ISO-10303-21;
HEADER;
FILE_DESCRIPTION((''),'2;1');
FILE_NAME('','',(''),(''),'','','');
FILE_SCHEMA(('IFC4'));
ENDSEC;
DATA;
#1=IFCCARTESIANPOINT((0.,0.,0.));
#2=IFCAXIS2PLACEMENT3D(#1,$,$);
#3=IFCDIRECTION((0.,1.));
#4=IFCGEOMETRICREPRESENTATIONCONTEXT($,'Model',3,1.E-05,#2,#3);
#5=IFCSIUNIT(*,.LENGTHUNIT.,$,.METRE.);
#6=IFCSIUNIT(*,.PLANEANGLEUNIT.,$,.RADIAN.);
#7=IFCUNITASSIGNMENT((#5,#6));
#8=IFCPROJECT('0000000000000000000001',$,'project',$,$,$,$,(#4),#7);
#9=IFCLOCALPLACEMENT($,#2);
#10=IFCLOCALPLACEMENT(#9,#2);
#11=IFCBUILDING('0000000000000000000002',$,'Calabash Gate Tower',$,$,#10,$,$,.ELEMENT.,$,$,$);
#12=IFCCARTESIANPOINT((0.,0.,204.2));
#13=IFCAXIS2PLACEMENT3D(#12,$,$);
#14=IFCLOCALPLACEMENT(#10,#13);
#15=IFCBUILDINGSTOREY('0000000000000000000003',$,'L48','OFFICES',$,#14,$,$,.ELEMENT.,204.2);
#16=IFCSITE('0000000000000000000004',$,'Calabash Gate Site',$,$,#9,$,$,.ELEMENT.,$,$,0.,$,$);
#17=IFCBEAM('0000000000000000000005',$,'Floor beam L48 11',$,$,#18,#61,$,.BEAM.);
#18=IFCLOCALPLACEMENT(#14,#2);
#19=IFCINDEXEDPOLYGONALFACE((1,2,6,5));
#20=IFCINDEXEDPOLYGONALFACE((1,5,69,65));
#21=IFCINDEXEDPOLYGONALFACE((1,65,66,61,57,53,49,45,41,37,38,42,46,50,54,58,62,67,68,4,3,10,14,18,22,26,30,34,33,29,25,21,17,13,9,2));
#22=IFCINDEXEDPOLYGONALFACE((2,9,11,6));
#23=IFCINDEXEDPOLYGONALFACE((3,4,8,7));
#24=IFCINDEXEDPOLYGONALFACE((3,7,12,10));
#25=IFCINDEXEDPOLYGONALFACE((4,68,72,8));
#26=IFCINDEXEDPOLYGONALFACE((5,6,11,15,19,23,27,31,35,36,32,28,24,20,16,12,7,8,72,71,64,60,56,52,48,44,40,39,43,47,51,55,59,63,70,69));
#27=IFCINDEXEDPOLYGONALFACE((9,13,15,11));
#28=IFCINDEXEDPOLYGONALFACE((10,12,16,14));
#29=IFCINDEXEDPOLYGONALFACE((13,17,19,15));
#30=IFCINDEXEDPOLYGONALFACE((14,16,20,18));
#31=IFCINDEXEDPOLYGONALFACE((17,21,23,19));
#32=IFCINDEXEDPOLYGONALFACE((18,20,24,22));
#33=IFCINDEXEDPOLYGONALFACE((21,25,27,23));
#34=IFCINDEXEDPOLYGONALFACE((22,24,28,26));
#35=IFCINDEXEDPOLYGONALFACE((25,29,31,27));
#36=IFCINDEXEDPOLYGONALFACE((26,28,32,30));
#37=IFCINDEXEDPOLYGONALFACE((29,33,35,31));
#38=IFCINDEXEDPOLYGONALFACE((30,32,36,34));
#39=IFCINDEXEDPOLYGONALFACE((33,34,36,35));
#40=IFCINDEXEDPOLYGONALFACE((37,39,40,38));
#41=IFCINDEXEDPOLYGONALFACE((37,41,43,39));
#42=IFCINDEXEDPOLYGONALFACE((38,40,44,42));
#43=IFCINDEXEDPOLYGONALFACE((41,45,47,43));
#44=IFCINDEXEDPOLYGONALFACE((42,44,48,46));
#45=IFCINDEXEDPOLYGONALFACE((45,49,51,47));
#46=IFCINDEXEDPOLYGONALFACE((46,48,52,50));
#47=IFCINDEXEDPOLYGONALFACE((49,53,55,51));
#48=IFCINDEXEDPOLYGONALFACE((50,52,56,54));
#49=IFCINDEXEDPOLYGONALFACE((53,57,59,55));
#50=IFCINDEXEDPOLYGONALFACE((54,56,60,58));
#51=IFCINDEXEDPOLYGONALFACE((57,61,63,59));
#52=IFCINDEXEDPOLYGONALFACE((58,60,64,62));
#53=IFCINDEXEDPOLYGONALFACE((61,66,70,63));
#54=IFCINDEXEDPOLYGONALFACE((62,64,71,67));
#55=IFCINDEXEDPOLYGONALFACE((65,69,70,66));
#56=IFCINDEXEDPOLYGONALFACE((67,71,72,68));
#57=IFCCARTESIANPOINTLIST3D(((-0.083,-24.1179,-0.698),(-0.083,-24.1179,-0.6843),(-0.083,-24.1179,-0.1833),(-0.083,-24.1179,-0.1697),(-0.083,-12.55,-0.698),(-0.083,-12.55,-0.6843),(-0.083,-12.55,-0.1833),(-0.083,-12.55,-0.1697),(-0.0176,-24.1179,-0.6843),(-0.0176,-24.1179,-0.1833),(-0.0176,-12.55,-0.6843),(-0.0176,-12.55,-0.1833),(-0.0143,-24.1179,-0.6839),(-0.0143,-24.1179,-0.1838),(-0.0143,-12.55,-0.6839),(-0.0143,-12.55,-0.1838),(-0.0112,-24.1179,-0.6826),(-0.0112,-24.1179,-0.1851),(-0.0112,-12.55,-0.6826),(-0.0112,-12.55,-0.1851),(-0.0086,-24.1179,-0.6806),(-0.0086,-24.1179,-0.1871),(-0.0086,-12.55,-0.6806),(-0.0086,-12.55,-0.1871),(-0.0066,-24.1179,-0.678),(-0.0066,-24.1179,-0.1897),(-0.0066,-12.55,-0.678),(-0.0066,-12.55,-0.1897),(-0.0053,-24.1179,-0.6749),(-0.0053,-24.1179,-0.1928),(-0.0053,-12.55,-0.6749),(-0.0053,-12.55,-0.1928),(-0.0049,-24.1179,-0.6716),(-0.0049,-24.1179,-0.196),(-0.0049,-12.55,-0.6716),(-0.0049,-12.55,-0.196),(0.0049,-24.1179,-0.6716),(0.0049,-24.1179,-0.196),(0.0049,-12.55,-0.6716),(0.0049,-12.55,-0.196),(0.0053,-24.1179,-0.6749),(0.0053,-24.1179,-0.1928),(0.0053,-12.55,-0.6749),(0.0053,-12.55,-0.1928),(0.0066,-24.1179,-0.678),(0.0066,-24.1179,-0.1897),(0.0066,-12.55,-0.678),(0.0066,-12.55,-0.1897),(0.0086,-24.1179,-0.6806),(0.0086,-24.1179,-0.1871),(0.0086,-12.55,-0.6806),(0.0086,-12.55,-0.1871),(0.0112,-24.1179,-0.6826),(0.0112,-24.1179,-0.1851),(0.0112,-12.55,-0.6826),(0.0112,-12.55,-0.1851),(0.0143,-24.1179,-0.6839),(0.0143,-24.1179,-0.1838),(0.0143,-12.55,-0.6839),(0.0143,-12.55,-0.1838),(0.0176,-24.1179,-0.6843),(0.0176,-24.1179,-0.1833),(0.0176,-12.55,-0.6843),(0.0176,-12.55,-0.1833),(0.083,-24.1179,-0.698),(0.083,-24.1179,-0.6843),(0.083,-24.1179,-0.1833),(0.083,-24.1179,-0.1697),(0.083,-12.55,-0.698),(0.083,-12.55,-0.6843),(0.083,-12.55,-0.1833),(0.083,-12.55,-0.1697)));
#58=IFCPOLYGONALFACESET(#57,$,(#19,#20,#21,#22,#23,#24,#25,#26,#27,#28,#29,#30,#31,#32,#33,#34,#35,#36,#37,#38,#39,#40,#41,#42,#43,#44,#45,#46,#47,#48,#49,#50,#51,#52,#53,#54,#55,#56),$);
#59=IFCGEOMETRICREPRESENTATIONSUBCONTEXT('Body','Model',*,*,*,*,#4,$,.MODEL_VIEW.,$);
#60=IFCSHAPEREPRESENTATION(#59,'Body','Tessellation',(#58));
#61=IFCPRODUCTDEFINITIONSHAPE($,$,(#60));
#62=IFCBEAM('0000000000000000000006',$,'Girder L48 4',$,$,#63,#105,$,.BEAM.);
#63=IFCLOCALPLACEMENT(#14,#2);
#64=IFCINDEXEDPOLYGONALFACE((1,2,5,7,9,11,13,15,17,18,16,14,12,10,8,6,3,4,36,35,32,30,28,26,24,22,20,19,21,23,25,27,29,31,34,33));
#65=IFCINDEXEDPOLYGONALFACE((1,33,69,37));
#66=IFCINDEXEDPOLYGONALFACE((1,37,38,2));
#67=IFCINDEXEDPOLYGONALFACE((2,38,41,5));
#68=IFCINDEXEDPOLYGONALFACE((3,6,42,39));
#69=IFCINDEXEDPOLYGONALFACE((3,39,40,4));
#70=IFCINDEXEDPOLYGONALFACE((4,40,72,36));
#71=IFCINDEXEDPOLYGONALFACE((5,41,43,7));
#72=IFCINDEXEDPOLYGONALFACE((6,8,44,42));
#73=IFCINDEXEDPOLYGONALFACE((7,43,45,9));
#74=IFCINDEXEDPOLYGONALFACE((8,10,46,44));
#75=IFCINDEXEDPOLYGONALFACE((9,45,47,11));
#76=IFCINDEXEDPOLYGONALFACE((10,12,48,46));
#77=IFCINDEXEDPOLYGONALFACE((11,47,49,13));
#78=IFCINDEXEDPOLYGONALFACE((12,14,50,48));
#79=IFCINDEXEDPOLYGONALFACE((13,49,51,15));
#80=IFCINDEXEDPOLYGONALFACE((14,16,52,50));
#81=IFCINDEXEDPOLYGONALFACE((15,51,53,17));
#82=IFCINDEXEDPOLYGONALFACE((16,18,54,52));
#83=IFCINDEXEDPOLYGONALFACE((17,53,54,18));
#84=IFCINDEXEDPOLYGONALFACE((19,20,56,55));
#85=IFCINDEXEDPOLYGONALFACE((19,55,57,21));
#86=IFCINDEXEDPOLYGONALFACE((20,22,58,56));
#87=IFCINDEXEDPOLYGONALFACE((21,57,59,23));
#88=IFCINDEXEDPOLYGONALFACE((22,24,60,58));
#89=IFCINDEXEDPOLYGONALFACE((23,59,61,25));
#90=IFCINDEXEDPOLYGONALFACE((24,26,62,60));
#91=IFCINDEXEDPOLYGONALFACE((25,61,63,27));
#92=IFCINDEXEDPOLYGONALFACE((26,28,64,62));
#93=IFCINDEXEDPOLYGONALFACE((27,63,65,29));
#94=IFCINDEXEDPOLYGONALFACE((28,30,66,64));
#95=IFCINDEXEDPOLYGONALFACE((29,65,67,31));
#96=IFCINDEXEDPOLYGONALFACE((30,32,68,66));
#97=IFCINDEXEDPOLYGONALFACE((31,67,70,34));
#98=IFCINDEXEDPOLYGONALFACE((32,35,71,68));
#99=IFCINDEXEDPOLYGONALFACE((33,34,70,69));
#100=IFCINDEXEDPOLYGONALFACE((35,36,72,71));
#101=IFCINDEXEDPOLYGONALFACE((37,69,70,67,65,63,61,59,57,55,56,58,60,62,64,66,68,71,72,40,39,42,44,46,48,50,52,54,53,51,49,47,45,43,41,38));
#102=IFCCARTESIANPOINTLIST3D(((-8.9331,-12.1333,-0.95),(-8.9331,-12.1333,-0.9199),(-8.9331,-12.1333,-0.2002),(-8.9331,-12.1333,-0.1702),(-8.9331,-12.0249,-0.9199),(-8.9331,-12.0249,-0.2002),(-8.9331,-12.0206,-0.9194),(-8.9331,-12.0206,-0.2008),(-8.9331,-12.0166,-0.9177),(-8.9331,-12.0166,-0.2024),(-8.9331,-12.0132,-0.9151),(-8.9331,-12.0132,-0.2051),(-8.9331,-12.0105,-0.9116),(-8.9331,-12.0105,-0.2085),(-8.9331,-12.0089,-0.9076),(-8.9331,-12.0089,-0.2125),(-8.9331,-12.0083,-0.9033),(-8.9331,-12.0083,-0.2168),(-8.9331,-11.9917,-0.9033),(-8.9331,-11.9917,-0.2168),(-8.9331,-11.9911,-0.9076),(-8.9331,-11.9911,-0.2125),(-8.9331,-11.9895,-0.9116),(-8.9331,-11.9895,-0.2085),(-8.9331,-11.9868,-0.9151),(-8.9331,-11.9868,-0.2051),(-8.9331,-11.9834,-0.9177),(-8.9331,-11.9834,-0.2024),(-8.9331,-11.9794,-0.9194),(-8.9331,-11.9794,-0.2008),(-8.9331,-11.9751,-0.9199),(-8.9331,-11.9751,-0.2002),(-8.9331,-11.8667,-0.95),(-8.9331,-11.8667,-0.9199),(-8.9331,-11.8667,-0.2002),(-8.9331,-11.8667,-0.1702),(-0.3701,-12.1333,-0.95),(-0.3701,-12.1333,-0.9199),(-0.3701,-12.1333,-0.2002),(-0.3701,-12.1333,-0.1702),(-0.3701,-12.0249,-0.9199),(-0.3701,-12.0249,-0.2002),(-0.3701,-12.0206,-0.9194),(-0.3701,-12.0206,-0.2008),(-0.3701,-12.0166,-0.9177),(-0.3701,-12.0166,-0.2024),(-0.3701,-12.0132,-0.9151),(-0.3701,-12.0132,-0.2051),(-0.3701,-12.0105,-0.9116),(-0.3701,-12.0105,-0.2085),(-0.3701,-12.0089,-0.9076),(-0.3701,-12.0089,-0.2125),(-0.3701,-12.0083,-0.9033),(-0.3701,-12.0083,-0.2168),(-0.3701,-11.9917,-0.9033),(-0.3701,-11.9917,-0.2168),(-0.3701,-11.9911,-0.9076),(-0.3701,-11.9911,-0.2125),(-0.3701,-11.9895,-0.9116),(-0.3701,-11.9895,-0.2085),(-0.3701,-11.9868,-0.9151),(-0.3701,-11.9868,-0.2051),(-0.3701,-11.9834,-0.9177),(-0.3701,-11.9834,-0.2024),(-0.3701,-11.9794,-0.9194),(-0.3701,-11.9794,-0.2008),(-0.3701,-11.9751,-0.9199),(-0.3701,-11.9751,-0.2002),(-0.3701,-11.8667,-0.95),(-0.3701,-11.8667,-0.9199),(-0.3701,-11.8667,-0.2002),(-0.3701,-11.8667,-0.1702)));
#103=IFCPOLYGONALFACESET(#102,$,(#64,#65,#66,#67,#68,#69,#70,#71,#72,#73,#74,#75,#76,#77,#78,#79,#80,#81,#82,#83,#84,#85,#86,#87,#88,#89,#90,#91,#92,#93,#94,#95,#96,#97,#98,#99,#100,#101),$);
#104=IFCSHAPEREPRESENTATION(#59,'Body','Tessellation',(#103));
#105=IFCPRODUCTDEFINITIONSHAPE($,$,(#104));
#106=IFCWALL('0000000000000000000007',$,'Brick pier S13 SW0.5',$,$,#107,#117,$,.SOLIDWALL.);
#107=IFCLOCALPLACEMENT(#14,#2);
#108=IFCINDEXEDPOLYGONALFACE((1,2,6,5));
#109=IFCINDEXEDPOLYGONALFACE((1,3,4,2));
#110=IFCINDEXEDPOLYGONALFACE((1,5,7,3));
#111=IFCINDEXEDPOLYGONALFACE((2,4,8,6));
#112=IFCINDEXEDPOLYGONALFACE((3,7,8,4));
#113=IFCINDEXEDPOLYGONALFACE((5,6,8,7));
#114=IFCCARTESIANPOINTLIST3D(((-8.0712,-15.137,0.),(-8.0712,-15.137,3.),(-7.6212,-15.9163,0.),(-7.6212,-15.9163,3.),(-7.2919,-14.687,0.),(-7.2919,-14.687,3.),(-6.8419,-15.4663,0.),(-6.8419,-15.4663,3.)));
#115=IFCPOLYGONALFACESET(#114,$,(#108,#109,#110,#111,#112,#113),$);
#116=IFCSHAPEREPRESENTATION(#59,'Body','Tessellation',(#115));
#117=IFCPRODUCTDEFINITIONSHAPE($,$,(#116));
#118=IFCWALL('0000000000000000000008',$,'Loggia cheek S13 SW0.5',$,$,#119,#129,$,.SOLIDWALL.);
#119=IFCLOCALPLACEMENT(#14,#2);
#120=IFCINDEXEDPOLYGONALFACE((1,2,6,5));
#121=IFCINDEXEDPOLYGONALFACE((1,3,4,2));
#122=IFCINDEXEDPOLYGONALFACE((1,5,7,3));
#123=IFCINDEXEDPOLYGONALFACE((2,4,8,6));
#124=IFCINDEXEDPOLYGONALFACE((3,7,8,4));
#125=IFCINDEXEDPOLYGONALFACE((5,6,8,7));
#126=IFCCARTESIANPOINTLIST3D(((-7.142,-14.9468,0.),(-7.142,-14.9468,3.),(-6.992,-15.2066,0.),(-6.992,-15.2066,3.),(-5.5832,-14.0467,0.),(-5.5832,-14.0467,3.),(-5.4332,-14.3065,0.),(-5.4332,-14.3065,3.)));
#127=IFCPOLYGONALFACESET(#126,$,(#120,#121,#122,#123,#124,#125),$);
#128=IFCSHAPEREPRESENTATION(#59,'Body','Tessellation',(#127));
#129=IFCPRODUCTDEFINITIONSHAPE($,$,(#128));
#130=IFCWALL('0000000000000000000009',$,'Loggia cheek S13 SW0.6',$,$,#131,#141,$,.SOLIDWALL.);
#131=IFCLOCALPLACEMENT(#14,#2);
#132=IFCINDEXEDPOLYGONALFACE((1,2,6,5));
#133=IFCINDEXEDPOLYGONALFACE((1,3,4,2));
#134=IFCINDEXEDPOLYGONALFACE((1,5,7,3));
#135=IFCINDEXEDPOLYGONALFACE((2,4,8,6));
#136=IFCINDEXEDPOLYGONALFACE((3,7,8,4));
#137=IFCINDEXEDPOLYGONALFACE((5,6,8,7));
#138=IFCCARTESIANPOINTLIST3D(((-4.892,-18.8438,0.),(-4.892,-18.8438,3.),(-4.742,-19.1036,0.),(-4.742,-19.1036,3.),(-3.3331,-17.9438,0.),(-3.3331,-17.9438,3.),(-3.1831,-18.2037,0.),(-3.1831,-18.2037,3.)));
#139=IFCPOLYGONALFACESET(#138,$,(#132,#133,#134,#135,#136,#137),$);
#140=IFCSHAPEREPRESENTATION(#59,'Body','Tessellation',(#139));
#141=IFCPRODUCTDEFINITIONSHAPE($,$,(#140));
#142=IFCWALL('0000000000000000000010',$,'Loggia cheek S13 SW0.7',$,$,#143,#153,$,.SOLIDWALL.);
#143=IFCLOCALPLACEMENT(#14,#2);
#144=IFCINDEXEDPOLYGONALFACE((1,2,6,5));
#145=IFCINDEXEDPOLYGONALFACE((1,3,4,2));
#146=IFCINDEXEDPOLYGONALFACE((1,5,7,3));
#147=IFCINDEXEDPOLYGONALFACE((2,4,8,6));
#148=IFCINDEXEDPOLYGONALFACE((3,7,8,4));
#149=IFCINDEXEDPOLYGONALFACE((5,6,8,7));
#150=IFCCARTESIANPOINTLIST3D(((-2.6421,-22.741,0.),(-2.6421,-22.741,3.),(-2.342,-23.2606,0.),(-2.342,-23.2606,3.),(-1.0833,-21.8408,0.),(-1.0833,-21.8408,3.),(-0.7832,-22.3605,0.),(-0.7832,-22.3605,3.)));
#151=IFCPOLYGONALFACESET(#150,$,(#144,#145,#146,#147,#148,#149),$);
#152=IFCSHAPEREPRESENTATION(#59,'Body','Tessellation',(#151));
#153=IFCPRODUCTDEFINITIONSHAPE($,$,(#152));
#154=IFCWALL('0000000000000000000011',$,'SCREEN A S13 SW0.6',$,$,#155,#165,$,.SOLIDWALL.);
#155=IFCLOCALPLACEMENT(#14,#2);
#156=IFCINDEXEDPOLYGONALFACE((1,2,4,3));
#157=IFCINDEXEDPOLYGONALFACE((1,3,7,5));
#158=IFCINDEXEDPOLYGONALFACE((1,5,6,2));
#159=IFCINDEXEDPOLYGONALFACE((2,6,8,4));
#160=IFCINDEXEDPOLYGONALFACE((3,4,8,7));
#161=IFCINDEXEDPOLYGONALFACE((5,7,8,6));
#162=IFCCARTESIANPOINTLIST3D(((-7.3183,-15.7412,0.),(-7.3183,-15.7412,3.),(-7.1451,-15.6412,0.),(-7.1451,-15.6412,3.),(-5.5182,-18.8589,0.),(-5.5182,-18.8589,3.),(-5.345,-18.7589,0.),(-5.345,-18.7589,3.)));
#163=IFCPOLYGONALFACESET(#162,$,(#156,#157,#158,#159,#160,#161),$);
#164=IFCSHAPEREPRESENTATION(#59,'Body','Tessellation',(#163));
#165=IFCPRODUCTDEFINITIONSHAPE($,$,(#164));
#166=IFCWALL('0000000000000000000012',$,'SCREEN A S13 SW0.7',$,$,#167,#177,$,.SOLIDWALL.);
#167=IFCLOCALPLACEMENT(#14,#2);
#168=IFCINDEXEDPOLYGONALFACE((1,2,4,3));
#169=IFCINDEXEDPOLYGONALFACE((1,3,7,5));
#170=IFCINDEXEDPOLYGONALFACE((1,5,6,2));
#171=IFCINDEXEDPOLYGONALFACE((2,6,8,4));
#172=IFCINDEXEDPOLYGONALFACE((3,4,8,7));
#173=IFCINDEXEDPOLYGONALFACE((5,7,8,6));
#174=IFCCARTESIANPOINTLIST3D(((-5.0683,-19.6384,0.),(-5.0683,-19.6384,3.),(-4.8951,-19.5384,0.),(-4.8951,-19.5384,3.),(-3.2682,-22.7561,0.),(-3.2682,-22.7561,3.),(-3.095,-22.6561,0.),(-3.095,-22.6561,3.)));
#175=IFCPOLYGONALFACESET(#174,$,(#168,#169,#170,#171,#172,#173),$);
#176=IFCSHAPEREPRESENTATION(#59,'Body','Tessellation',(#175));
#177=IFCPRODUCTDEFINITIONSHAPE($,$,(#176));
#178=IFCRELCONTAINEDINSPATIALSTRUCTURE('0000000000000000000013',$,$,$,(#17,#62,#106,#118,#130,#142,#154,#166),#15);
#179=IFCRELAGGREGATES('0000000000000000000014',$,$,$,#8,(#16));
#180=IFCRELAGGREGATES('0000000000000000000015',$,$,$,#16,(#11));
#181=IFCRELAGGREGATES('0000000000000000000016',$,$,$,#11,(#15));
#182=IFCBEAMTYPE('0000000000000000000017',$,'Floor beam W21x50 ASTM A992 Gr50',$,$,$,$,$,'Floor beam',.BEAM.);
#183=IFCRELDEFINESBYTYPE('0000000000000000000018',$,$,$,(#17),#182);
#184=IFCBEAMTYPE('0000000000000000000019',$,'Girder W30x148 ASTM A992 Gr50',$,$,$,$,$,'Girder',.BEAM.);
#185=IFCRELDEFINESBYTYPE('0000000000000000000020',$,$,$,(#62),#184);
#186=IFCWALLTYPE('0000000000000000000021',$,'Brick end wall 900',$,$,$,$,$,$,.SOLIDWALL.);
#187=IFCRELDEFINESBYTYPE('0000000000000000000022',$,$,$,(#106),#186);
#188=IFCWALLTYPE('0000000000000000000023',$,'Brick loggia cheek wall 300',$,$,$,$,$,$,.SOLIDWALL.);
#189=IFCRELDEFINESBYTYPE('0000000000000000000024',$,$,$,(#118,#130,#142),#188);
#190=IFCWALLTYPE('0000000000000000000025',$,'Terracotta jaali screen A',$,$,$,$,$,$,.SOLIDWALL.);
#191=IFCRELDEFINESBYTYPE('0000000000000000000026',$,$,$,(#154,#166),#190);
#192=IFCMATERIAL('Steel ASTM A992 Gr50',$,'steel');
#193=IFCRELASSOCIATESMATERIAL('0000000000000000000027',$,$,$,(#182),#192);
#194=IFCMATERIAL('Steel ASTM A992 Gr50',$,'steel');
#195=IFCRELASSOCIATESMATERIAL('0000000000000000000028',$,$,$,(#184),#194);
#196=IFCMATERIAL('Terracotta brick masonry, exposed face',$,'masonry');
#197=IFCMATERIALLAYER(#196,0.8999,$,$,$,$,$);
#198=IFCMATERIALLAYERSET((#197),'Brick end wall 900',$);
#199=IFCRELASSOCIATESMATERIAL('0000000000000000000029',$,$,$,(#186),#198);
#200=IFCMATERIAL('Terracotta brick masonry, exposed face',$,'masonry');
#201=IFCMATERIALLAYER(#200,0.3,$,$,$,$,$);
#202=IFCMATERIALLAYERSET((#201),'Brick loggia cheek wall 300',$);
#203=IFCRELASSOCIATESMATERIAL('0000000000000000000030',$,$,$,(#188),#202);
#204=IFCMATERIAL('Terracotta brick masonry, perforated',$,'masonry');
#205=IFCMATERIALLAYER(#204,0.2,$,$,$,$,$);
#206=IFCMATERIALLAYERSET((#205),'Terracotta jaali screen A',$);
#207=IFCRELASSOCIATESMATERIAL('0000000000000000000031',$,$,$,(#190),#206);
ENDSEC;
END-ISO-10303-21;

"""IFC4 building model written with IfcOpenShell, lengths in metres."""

from ifc_helpers import new_model, si_unit, direction, frame, frame_2d, origin, origin_2d, place, context, subcontext, project, spatial, rectangle, i_section, extrude, material, layer, layer_set, material_profile, profile_set, type_object, element, save


model = new_model("IFC4")

# Units and contexts
model_context = context("Model", 3, precision=1e-05, world=origin(), true_north=direction((0.0, 1.0)))
body_context = subcontext(model_context, "Body", "Model", "MODEL_VIEW")
ifc_project = project(units=[si_unit("LENGTHUNIT", "METRE"), si_unit("PLANEANGLEUNIT", "RADIAN")], contexts=[model_context])

# Site, building, storey
site_placement = place(None, origin())
site = spatial("IfcSite", under=ifc_project, at=site_placement, Name="Calabash Gate Site", CompositionType="ELEMENT", RefElevation=0.0)
building_placement = place(site_placement, origin())
building = spatial("IfcBuilding", under=site, at=building_placement, Name="Calabash Gate Tower", CompositionType="ELEMENT")
storey_placement = place(building_placement, frame((0.0, 0.0, 204.2)))
storey = spatial("IfcBuildingStorey", under=building, at=storey_placement, Name="L48", Description="OFFICES", CompositionType="ELEMENT", Elevation=204.2)

# Beams
ifc_material_1 = material(Name="Steel ASTM A992 Gr50", Category="steel")
ifc_material_profile_1 = material_profile(ifc_material_1, i_section(OverallWidth=0.166, OverallDepth=0.5283, WebThickness=0.0098, FlangeThickness=0.0137, FilletRadius=0.0127, at=origin_2d()))
ifc_profile_set_1 = profile_set([ifc_material_profile_1], Name="Steel ASTM A992 Gr50")
beam_type_1 = type_object("IfcBeamType", Name="Floor beam W21x50 ASTM A992 Gr50", ElementType="Floor beam", PredefinedType="BEAM", material=ifc_profile_set_1)
beam_1_placement = place(storey_placement, frame((0.0, -24.1179, -0.4338), z_axis=(0.0, 1.0, 0.0), x_axis=(-1.0, 0.0, 0.0)))
element("IfcBeam", 1, at=beam_1_placement, inside=storey, type_object=beam_type_1, Name="Floor beam L48 11", PredefinedType="BEAM", context=body_context, shape_type="SweptSolid", body=[
    extrude(i_section(OverallWidth=0.166, OverallDepth=0.5283, WebThickness=0.0098, FlangeThickness=0.0137, FilletRadius=0.0127, at=origin_2d()), origin(), (0.0, 0.0, 1.0), 11.5679),
])
ifc_material_2 = material(Name="Steel ASTM A992 Gr50", Category="steel")
ifc_material_profile_2 = material_profile(ifc_material_2, i_section(OverallWidth=0.2666, OverallDepth=0.7798, WebThickness=0.0166, FlangeThickness=0.03, FilletRadius=0.0166, at=origin_2d()))
ifc_profile_set_2 = profile_set([ifc_material_profile_2], Name="Steel ASTM A992 Gr50")
beam_type_2 = type_object("IfcBeamType", Name="Girder W30x148 ASTM A992 Gr50", ElementType="Girder", PredefinedType="BEAM", material=ifc_profile_set_2)
beam_2_placement = place(storey_placement, frame((-8.9331, -12.0, -0.5601), z_axis=(1.0, 0.0, 0.0), x_axis=(0.0, 1.0, 0.0)))
element("IfcBeam", 2, at=beam_2_placement, inside=storey, type_object=beam_type_2, Name="Girder L48 4", PredefinedType="BEAM", context=body_context, shape_type="SweptSolid", body=[
    extrude(i_section(OverallWidth=0.2666, OverallDepth=0.7798, WebThickness=0.0166, FlangeThickness=0.03, FilletRadius=0.0166, at=origin_2d()), origin(), (0.0, 0.0, 1.0), 8.563),
])

# Walls
ifc_material_3 = material(Name="Terracotta brick masonry, exposed face", Category="masonry")
ifc_layer_1 = layer(ifc_material_3, 0.8999)
ifc_layer_set_1 = layer_set([ifc_layer_1], Name="Brick end wall 900")
wall_type_1 = type_object("IfcWallType", Name="Brick end wall 900", PredefinedType="SOLIDWALL", material=ifc_layer_set_1)
wall_1_placement = place(storey_placement, frame((-7.0669, -15.0767, 0.0), z_axis=(0.0, 0.0, 1.0), x_axis=(-0.866014, -0.50002, 0.0)))
element("IfcWall", 3, at=wall_1_placement, inside=storey, type_object=wall_type_1, Name="Brick pier S13 SW0.5", PredefinedType="SOLIDWALL", context=body_context, shape_type="SweptSolid", body=[
    extrude(rectangle(XDim=0.8999, YDim=0.8999, at=frame_2d((0.45, 0.0))), origin(), (0.0, 0.0, 1.0), 3.0),
])
ifc_material_4 = material(Name="Terracotta brick masonry, exposed face", Category="masonry")
ifc_layer_2 = layer(ifc_material_4, 0.3)
ifc_layer_set_2 = layer_set([ifc_layer_2], Name="Brick loggia cheek wall 300")
wall_type_2 = type_object("IfcWallType", Name="Brick loggia cheek wall 300", PredefinedType="SOLIDWALL", material=ifc_layer_set_2)
for number, where, z_axis, x_axis, name in (
    (4, (-7.0669, -15.0767, 0.0), (0.0, 0.0, 1.0), (0.865989, 0.500063, 0.0), "Loggia cheek S13 SW0.5"),
    (5, (-4.8169, -18.9736, 0.0), (0.0, 0.0, 1.0), (0.866048, 0.499961, 0.0), "Loggia cheek S13 SW0.6"),
):
    element("IfcWall", number, at=place(storey_placement, frame(where, z_axis=z_axis, x_axis=x_axis)), inside=storey, type_object=wall_type_2, Name=name, PredefinedType="SOLIDWALL", context=body_context, shape_type="SweptSolid", body=[
        extrude(rectangle(XDim=1.8, YDim=0.3, at=frame_2d((0.8999, 0.0))), origin(), (0.0, 0.0, 1.0), 3.0),
    ])
wall_2_placement = place(storey_placement, frame((-2.4919, -23.0007, 0.0), z_axis=(0.0, 0.0, 1.0), x_axis=(0.865989, 0.500063, 0.0)))
element("IfcWall", 6, at=wall_2_placement, inside=storey, type_object=wall_type_2, Name="Loggia cheek S13 SW0.7", PredefinedType="SOLIDWALL", context=body_context, shape_type="SweptSolid", body=[
    extrude(rectangle(XDim=1.8, YDim=0.6001, at=frame_2d((0.8999, 0.0))), origin(), (0.0, 0.0, 1.0), 3.0),
])
ifc_material_5 = material(Name="Terracotta brick masonry, perforated", Category="masonry")
ifc_layer_3 = layer(ifc_material_5, 0.2)
ifc_layer_set_3 = layer_set([ifc_layer_3], Name="Terracotta jaali screen A")
wall_type_3 = type_object("IfcWallType", Name="Terracotta jaali screen A", PredefinedType="SOLIDWALL", material=ifc_layer_set_3)
for number, where, z_axis, x_axis, name in (
    (7, (-7.2317, -15.6912, 0.0), (0.0, 0.0, 1.0), (0.500012, -0.866018, 0.0), "SCREEN A S13 SW0.6"),
    (8, (-4.9817, -19.5884, 0.0), (0.0, 0.0, 1.0), (0.500012, -0.866018, 0.0), "SCREEN A S13 SW0.7"),
):
    element("IfcWall", number, at=place(storey_placement, frame(where, z_axis=z_axis, x_axis=x_axis)), inside=storey, type_object=wall_type_3, Name=name, PredefinedType="SOLIDWALL", context=body_context, shape_type="SweptSolid", body=[
        extrude(rectangle(XDim=3.6001, YDim=0.2, at=frame_2d((1.8, 0.0))), origin(), (0.0, 0.0, 1.0), 3.0),
    ])

save(model, "model.ifc")
